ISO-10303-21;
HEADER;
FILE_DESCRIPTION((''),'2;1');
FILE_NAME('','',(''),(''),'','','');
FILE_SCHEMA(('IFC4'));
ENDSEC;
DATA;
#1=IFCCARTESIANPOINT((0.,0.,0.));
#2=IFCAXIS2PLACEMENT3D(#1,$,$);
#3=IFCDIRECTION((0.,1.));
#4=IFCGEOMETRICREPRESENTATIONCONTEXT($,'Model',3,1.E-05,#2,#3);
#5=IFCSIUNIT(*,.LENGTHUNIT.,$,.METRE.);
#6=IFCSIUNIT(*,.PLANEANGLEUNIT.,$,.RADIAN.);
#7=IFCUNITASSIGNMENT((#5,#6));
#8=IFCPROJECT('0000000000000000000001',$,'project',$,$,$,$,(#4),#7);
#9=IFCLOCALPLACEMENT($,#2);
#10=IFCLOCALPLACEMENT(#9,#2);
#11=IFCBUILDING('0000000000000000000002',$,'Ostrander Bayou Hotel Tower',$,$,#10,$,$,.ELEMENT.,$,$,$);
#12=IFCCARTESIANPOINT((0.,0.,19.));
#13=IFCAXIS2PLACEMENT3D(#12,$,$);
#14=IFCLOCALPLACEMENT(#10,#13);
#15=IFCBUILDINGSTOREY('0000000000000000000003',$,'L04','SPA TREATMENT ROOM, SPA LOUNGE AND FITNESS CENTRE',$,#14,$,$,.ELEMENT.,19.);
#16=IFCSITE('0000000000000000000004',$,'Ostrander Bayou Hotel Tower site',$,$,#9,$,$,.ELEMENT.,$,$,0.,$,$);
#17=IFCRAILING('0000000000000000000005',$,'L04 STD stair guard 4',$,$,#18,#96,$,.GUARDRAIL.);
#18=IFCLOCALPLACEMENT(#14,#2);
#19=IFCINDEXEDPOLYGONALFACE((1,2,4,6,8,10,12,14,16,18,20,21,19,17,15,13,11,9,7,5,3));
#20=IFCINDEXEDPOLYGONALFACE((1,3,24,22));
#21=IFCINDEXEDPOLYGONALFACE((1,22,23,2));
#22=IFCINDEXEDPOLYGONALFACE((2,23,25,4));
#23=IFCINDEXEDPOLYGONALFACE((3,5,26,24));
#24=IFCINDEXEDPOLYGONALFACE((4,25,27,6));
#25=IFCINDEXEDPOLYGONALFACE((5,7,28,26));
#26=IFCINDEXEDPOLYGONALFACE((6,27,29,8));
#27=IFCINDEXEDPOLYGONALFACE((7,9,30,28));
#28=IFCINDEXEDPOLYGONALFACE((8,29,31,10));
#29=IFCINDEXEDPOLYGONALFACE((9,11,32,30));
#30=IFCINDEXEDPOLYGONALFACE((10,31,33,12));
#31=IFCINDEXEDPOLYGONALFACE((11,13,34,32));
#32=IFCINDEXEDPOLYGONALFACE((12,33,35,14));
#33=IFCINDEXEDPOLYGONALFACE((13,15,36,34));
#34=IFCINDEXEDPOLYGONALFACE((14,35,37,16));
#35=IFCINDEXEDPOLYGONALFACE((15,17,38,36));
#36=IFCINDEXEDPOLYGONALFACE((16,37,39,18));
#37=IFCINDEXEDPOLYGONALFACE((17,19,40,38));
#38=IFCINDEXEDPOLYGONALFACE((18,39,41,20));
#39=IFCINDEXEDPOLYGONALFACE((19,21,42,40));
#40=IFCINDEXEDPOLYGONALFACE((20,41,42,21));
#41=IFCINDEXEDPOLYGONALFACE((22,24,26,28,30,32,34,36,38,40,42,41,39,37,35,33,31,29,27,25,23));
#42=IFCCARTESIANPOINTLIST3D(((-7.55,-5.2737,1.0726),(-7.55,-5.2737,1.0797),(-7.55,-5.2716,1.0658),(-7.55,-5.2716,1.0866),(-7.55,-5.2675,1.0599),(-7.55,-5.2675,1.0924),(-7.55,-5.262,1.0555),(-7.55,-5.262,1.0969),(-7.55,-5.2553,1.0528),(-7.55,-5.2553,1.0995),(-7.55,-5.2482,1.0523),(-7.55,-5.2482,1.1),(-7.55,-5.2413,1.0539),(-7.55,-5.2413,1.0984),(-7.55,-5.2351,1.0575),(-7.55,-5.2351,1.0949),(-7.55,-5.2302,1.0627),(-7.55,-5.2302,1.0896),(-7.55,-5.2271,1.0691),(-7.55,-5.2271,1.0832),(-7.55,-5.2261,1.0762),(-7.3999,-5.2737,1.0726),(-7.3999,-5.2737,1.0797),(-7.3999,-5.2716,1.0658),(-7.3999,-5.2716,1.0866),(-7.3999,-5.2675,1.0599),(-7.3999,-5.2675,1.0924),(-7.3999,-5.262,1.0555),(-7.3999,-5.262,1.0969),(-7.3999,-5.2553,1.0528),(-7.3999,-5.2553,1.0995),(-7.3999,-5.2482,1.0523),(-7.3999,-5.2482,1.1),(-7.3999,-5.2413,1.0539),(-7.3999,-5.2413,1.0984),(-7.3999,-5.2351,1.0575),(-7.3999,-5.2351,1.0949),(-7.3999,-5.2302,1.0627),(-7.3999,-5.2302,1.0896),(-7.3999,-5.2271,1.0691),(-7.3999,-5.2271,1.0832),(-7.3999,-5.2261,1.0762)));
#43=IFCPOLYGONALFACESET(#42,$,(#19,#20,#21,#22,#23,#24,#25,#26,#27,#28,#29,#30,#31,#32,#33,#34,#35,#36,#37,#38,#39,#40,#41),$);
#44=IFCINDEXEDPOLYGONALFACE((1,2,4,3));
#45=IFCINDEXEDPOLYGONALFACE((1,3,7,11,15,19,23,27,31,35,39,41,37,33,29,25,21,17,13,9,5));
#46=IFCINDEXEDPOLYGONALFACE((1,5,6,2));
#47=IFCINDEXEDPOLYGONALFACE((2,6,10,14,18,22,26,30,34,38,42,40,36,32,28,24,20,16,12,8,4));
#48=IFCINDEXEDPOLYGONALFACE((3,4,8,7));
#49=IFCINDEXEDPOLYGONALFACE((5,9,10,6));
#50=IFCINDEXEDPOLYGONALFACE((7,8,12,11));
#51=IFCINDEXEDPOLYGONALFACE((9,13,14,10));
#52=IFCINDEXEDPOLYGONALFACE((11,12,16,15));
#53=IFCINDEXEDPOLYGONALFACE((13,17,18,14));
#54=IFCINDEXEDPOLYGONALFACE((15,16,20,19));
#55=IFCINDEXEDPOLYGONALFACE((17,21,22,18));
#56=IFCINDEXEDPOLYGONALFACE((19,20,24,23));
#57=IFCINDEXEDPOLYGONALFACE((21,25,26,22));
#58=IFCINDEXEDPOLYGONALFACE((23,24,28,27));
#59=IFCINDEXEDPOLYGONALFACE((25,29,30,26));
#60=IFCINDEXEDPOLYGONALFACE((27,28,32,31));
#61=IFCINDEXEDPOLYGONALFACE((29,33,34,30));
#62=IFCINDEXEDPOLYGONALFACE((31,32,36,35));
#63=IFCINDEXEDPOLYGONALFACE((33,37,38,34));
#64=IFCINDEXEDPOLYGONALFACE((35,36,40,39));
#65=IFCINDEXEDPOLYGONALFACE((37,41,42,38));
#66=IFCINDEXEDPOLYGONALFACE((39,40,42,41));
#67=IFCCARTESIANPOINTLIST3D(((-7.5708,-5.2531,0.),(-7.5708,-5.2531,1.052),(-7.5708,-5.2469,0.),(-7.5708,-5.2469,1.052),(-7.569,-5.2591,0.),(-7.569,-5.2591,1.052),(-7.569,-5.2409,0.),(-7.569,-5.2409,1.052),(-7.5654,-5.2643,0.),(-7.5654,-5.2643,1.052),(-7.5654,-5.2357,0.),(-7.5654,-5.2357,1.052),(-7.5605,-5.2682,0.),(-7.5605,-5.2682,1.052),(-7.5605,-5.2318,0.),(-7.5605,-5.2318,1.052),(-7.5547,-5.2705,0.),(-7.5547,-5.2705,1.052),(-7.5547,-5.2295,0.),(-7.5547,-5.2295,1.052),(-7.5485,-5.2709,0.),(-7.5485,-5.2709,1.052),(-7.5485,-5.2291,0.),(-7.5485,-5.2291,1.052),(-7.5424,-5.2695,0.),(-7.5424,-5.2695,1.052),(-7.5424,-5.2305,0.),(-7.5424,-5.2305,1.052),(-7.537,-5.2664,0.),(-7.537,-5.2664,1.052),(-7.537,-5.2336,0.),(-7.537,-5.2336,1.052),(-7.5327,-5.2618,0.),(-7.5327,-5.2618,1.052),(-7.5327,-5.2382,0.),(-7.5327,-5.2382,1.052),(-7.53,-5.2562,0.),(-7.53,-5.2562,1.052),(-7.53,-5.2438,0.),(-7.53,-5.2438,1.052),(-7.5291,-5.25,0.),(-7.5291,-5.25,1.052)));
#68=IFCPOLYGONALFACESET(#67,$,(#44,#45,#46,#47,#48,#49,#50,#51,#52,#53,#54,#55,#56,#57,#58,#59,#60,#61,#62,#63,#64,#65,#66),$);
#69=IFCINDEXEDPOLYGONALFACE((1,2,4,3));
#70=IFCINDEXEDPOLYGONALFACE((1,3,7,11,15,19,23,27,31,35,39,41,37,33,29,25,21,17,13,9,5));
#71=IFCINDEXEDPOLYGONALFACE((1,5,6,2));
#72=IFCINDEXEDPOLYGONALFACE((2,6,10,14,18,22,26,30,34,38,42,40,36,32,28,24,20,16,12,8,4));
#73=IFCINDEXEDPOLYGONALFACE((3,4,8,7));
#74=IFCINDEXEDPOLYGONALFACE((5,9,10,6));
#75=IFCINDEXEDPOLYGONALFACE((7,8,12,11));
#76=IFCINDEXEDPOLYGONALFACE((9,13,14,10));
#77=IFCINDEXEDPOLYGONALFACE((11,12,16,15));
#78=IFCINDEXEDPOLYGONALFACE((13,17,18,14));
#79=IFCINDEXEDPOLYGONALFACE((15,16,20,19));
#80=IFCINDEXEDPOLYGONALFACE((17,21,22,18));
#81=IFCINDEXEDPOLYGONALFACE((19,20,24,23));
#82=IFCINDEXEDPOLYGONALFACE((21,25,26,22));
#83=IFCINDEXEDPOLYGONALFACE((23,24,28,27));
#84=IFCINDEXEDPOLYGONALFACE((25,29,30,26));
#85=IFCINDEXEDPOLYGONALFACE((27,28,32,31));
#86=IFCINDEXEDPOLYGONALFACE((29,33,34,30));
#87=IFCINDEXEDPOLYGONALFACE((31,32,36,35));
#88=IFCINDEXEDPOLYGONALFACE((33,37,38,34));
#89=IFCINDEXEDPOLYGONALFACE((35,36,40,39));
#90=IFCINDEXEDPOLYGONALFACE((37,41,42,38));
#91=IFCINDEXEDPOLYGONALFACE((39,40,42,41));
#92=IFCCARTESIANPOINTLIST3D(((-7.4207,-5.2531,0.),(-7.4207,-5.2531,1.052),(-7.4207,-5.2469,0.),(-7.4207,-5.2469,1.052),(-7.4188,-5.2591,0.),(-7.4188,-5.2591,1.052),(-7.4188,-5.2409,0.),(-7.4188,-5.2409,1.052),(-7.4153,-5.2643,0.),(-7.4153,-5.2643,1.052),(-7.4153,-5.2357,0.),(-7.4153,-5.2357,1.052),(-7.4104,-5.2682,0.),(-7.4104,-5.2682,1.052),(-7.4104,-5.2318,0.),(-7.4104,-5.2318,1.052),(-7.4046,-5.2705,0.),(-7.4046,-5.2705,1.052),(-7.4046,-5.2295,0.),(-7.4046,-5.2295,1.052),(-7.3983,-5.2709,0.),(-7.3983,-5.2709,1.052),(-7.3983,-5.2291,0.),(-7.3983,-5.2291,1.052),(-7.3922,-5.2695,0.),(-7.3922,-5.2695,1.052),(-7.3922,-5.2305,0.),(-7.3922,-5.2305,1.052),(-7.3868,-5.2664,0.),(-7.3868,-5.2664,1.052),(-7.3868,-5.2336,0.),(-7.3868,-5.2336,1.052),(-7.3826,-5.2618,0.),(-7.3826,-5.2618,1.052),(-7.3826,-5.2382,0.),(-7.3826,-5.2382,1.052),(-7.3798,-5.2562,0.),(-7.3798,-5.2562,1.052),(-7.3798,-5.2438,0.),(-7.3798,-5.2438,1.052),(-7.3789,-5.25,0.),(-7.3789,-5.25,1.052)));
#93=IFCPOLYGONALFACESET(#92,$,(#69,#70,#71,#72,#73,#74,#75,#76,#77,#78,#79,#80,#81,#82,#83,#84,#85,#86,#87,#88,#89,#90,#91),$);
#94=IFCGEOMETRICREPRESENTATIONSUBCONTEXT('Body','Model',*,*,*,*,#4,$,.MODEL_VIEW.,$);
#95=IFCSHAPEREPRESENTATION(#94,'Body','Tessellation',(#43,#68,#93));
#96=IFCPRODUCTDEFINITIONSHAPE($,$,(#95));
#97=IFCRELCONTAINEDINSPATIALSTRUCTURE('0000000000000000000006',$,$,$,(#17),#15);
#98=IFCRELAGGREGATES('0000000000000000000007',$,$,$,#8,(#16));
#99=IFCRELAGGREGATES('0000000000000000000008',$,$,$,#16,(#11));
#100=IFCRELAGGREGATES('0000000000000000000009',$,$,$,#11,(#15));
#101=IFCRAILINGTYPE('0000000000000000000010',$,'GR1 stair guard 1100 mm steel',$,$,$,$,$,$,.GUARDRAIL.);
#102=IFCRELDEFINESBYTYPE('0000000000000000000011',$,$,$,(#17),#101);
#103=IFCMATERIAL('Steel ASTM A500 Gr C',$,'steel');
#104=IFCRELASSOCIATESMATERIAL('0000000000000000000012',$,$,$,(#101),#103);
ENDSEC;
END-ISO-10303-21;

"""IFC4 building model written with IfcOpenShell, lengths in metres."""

from ifc_helpers import new_model, si_unit, direction, frame, origin, origin_2d, place, context, subcontext, project, spatial, circle, extrude, material, type_object, element, save


model = new_model("IFC4")

# Units and contexts
model_context = context("Model", 3, precision=1e-05, world=origin(), true_north=direction((0.0, 1.0)))
body_context = subcontext(model_context, "Body", "Model", "MODEL_VIEW")
ifc_project = project(units=[si_unit("LENGTHUNIT", "METRE"), si_unit("PLANEANGLEUNIT", "RADIAN")], contexts=[model_context])

# Site, building, storey
site_placement = place(None, origin())
site = spatial("IfcSite", under=ifc_project, at=site_placement, Name="Ostrander Bayou Hotel Tower site", CompositionType="ELEMENT", RefElevation=0.0)
building_placement = place(site_placement, origin())
building = spatial("IfcBuilding", under=site, at=building_placement, Name="Ostrander Bayou Hotel Tower", CompositionType="ELEMENT")
storey_placement = place(building_placement, frame((0.0, 0.0, 19.0)))
storey = spatial("IfcBuildingStorey", under=building, at=storey_placement, Name="L04", Description="SPA TREATMENT ROOM, SPA LOUNGE AND FITNESS CENTRE", CompositionType="ELEMENT", Elevation=19.0)

# Railing
ifc_material_1 = material(Name="Steel ASTM A500 Gr C", Category="steel")
railing_type_1 = type_object("IfcRailingType", Name="GR1 stair guard 1100 mm steel", PredefinedType="GUARDRAIL", material=ifc_material_1)
railing_1_placement = place(storey_placement, frame((-7.55, -5.25, 0.0)))
element("IfcRailing", 1, at=railing_1_placement, inside=storey, type_object=railing_type_1, Name="L04 STD stair guard 4", PredefinedType="GUARDRAIL", context=body_context, shape_type="SweptSolid", body=[
    extrude(circle(Radius=0.0239, at=origin_2d()), frame((0.0, 0.0, 1.0762), z_axis=(1.0, 0.0, 0.0), x_axis=(0.0, 1.0, 0.0)), (0.0, 0.0, 1.0), 0.1501),
    extrude(circle(Radius=0.021, at=origin_2d()), origin(), (0.0, 0.0, 1.0), 1.052),
    extrude(circle(Radius=0.021, at=origin_2d()), frame((0.1501, 0.0, 0.0)), (0.0, 0.0, 1.0), 1.052),
])

save(model, "model.ifc")
